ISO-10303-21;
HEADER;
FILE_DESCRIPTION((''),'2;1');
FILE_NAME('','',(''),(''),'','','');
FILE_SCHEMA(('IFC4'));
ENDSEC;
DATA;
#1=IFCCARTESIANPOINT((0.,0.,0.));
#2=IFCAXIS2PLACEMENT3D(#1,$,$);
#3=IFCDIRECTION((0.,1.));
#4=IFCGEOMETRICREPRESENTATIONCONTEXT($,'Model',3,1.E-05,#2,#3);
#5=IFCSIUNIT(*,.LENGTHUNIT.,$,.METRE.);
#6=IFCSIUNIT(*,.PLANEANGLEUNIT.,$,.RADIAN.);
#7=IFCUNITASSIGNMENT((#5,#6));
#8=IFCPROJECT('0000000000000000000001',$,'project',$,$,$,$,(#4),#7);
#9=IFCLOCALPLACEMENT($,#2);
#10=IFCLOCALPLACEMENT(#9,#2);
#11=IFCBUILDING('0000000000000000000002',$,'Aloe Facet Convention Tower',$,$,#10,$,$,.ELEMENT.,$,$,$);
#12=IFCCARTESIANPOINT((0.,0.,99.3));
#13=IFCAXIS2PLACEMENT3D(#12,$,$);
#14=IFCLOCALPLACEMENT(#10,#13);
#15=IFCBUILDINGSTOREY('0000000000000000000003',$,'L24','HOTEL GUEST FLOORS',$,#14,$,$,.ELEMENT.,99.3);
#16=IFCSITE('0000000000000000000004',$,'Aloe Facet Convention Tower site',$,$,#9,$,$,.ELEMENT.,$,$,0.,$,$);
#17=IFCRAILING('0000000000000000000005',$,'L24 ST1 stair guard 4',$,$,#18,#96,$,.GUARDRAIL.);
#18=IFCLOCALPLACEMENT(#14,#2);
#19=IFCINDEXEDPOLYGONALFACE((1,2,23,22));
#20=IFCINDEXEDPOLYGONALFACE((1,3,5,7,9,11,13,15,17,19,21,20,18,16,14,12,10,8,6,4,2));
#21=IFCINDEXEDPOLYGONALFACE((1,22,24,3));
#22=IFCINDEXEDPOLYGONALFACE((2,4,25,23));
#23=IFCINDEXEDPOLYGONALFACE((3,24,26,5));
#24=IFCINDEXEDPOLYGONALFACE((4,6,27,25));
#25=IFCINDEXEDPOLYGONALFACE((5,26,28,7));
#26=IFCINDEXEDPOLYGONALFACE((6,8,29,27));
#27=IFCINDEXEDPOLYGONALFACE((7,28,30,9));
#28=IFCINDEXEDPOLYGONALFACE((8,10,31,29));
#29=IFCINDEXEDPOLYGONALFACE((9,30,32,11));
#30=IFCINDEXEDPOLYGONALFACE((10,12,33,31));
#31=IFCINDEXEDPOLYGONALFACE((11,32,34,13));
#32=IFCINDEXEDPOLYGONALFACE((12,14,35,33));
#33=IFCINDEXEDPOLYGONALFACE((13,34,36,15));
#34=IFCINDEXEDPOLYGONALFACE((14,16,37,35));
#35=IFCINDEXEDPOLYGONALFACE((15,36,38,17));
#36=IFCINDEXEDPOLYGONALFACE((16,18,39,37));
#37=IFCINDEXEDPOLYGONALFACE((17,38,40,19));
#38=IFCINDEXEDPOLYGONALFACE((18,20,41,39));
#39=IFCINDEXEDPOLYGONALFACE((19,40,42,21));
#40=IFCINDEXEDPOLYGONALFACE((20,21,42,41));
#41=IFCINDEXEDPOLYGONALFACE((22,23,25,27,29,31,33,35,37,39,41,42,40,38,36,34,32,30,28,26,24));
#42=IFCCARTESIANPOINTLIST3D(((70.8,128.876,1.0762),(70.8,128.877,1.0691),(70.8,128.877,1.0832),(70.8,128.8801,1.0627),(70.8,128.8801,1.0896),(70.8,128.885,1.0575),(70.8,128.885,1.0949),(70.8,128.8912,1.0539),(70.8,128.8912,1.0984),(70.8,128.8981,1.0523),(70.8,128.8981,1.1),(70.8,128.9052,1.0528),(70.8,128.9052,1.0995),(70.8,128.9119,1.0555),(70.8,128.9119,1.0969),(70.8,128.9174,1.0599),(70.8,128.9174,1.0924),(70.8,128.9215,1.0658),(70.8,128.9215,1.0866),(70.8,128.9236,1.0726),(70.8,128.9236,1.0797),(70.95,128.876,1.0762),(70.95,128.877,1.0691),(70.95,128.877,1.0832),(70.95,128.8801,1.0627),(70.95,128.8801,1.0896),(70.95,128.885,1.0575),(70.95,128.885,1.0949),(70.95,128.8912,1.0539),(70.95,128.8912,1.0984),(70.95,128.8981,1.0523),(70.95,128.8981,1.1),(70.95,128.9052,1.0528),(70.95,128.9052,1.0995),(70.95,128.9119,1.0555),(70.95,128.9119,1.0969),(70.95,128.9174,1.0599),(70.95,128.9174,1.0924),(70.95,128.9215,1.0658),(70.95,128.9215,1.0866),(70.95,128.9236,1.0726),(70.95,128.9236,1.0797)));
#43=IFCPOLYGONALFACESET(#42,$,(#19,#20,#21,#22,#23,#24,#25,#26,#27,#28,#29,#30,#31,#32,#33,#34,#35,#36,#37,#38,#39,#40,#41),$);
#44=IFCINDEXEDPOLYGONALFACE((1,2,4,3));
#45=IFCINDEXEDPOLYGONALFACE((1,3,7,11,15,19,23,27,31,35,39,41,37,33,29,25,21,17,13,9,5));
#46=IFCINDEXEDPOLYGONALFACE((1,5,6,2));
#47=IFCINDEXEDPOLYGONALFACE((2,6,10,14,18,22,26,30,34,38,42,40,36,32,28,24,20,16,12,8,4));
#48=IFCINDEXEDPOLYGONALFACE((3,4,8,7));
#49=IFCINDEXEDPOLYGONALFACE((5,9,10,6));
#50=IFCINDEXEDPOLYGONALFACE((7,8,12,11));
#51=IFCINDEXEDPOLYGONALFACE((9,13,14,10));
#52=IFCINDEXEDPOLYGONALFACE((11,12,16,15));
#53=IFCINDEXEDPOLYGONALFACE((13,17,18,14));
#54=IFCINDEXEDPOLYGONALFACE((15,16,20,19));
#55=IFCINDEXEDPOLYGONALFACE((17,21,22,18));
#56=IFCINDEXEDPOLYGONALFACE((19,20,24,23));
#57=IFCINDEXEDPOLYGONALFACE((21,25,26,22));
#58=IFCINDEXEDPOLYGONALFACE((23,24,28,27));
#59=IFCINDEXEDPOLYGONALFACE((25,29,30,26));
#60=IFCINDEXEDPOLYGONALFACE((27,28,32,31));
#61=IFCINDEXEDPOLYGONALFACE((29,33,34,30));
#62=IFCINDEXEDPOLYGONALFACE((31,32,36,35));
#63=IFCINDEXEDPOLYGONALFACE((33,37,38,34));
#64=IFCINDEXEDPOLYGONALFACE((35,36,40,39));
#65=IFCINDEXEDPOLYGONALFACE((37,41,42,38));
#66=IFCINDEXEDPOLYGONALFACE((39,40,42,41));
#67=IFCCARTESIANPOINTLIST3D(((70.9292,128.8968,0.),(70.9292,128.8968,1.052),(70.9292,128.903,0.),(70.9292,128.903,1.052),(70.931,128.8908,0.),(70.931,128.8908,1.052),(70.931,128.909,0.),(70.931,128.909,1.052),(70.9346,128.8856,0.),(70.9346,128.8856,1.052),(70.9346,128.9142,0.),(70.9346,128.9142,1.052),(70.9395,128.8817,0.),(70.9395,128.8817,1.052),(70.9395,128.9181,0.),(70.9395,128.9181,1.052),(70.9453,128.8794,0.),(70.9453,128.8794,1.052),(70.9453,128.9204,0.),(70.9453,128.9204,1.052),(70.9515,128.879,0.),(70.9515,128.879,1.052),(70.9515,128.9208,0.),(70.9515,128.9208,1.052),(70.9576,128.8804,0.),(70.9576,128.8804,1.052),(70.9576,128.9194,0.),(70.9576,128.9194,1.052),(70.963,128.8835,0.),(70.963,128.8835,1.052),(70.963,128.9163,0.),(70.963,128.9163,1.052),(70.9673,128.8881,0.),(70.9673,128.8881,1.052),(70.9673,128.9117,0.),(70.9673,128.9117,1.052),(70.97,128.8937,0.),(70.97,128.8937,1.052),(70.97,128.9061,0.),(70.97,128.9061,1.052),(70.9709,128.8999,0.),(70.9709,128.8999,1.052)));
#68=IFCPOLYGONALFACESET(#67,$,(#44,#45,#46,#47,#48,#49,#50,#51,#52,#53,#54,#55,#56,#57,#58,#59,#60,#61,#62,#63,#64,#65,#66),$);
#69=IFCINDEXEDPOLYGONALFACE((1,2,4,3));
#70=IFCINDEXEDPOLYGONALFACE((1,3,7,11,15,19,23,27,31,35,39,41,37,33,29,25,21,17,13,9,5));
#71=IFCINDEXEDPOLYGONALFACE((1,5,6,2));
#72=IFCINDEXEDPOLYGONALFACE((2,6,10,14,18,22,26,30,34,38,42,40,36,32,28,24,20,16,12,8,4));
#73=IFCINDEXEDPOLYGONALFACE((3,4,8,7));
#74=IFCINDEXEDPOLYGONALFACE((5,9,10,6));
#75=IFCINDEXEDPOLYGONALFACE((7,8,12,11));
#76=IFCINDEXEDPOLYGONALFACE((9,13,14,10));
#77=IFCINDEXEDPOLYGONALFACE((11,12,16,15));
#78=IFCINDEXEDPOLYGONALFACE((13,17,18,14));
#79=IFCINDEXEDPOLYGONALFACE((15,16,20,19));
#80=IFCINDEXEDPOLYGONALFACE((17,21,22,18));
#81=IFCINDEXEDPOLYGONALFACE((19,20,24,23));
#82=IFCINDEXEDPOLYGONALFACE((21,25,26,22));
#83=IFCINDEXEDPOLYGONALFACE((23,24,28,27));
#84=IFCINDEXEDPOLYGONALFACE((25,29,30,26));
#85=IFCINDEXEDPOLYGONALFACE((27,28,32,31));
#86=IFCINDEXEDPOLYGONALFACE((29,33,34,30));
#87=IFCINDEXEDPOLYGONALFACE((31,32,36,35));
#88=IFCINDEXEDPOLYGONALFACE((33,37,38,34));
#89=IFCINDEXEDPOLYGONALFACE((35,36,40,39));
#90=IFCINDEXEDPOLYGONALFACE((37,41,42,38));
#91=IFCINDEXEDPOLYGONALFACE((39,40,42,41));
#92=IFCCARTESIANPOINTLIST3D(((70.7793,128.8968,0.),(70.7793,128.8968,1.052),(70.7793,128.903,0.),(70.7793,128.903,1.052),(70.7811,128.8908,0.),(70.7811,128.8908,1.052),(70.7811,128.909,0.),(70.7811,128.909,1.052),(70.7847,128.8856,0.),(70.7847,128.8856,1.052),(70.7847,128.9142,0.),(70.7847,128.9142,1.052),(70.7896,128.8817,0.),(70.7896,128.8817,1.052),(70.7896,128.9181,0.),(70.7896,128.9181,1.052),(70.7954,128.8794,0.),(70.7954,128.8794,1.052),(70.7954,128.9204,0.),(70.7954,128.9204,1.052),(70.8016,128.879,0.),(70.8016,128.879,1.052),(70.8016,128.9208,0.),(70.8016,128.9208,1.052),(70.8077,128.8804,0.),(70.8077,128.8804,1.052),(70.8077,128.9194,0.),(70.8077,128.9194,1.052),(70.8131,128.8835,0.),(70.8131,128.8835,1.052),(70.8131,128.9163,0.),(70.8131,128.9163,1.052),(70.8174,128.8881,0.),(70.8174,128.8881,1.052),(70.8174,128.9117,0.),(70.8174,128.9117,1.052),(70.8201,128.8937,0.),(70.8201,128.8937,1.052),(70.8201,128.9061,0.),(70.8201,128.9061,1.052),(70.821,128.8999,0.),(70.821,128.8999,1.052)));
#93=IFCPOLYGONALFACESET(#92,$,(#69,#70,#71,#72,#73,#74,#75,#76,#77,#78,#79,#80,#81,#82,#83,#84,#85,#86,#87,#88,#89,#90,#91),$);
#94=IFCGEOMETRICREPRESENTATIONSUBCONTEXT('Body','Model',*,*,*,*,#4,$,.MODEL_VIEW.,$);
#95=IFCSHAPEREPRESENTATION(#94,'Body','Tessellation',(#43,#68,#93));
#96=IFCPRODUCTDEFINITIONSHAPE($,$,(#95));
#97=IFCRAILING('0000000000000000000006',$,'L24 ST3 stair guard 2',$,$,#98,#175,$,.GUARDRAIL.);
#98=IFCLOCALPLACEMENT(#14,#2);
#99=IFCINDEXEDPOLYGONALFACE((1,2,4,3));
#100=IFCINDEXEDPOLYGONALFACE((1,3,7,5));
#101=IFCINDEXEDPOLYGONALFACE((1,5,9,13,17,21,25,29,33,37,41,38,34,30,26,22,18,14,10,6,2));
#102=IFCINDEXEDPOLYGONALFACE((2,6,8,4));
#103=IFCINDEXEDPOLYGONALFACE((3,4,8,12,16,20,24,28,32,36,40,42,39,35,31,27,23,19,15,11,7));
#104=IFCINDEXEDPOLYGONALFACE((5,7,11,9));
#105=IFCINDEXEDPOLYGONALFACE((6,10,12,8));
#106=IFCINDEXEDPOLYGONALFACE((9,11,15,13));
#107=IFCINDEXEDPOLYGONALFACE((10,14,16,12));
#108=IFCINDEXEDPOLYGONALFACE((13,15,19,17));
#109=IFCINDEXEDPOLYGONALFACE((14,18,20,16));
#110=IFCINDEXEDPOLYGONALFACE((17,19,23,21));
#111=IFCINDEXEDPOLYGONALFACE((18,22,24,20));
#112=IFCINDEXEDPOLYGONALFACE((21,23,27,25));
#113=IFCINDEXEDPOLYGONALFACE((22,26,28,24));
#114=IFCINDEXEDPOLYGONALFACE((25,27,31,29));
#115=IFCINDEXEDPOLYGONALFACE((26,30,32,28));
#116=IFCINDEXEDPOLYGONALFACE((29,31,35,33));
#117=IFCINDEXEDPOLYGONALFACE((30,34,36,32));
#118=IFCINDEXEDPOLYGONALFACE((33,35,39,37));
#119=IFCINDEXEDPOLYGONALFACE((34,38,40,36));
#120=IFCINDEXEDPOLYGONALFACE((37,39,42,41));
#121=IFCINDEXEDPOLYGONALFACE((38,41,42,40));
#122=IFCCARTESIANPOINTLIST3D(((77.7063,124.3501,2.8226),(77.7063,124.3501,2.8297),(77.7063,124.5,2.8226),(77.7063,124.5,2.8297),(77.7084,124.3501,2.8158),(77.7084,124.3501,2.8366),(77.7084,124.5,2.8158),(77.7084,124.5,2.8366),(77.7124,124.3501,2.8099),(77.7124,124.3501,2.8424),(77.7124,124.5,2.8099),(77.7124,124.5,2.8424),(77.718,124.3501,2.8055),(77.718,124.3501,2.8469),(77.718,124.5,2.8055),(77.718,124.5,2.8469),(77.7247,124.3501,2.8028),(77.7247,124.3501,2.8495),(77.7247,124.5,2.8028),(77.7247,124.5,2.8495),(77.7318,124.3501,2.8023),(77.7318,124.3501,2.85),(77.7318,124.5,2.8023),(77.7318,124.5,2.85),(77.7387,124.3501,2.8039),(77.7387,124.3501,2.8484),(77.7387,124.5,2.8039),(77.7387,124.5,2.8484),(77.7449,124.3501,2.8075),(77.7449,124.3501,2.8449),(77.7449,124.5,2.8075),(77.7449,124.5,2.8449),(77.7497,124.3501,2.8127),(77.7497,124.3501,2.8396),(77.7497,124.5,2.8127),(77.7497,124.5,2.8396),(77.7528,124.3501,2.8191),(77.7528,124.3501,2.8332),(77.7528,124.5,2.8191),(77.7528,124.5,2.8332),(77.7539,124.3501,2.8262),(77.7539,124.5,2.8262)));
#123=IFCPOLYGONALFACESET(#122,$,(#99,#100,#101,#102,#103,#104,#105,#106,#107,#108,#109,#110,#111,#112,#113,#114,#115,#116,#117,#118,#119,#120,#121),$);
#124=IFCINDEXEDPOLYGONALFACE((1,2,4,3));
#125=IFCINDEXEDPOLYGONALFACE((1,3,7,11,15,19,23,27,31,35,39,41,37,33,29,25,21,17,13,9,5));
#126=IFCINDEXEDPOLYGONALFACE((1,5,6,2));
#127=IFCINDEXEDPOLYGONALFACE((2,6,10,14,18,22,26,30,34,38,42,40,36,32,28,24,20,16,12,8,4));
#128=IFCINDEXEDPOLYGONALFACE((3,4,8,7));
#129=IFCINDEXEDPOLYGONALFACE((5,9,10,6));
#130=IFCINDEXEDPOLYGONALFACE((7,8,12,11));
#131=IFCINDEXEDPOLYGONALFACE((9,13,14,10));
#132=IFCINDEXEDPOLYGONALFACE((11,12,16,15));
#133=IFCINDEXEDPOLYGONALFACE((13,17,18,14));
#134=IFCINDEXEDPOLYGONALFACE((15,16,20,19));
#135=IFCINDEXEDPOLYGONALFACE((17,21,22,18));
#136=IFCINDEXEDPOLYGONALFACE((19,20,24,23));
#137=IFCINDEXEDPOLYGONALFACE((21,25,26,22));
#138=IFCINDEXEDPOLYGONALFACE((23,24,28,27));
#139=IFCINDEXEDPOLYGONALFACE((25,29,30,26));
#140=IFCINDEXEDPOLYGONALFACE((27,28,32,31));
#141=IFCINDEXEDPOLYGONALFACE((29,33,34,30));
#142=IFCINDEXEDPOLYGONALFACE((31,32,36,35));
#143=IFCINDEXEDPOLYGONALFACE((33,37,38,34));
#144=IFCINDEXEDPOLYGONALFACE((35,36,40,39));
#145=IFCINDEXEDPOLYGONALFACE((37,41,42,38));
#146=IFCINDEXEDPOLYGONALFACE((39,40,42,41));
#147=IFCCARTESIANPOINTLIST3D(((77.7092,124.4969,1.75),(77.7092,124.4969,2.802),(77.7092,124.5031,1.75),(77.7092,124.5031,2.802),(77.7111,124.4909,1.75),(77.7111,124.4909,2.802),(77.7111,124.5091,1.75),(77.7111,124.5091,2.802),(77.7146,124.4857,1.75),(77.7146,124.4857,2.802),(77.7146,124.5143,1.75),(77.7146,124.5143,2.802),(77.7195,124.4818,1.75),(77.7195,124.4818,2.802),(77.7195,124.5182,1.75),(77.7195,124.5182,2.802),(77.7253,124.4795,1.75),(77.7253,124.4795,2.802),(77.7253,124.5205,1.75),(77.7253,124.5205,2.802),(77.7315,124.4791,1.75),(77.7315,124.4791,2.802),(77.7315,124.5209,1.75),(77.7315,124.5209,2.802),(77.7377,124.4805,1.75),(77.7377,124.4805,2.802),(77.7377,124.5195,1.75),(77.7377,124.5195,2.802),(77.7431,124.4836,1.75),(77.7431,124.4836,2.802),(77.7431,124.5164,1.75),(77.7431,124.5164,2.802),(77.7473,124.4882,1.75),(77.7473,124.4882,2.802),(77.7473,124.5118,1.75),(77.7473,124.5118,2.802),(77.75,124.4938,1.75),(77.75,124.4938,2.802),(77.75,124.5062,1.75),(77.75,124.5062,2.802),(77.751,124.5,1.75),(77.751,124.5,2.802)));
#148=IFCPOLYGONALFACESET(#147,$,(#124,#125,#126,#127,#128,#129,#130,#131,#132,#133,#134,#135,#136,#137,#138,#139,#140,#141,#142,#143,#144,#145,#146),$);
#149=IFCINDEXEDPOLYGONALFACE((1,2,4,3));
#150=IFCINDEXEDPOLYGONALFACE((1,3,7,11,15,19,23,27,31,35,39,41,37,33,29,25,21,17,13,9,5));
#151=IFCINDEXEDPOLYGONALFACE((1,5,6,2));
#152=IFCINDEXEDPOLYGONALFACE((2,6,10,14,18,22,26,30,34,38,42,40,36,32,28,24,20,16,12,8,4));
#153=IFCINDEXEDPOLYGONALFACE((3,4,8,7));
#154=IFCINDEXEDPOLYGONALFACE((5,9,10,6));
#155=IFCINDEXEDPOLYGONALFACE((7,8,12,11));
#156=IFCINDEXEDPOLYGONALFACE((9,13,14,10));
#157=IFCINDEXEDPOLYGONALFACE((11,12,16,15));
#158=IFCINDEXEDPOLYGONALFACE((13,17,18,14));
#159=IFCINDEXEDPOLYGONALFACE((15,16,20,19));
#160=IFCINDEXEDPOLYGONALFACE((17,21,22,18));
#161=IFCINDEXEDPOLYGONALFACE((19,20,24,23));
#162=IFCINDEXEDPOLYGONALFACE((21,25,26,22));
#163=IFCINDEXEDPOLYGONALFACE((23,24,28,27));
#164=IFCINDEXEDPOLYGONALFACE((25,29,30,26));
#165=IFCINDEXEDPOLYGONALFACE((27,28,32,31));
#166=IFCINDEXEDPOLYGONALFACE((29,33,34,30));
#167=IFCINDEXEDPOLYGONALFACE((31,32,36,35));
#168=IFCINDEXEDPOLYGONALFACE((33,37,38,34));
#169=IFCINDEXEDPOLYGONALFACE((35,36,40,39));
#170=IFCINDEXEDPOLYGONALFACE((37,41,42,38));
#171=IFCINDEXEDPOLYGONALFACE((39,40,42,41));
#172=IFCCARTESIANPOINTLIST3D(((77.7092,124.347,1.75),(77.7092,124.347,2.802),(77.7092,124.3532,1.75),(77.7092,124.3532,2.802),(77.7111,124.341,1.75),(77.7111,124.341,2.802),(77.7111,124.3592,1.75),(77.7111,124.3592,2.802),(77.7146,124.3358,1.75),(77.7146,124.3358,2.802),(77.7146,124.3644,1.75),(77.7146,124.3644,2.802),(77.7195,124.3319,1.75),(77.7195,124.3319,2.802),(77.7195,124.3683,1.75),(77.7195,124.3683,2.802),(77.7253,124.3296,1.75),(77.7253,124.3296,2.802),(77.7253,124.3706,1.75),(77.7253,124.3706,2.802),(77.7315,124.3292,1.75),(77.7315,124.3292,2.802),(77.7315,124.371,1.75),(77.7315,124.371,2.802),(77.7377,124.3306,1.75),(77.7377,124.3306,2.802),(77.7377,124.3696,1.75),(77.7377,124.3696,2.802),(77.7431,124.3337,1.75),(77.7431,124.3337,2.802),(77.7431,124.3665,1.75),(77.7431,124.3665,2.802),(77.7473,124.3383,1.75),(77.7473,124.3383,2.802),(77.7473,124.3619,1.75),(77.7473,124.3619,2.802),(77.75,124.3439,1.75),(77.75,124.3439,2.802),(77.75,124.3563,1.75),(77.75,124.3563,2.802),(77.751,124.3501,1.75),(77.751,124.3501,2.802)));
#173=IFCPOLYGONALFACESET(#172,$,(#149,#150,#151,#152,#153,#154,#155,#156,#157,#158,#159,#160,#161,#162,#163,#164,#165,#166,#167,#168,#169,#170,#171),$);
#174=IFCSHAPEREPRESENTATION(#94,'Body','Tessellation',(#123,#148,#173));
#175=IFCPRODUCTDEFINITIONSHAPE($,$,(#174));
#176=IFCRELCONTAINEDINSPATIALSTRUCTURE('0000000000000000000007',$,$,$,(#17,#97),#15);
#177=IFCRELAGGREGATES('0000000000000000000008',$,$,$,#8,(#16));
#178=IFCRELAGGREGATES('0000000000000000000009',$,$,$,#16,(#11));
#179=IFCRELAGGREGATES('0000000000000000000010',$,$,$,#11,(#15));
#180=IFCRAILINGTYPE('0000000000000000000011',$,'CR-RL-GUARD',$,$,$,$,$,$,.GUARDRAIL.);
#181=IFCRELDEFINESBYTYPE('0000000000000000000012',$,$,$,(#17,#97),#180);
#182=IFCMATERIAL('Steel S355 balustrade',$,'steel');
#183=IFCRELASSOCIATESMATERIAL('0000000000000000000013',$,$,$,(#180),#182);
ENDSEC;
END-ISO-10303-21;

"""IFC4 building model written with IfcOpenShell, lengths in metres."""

from ifc_helpers import new_model, si_unit, direction, frame, origin, origin_2d, place, context, subcontext, project, spatial, circle, extrude, material, type_object, element, save


model = new_model("IFC4")

# Units and contexts
model_context = context("Model", 3, precision=1e-05, world=origin(), true_north=direction((0.0, 1.0)))
body_context = subcontext(model_context, "Body", "Model", "MODEL_VIEW")
ifc_project = project(units=[si_unit("LENGTHUNIT", "METRE"), si_unit("PLANEANGLEUNIT", "RADIAN")], contexts=[model_context])

# Site, building, storey
site_placement = place(None, origin())
site = spatial("IfcSite", under=ifc_project, at=site_placement, Name="Aloe Facet Convention Tower site", CompositionType="ELEMENT", RefElevation=0.0)
building_placement = place(site_placement, origin())
building = spatial("IfcBuilding", under=site, at=building_placement, Name="Aloe Facet Convention Tower", CompositionType="ELEMENT")
storey_placement = place(building_placement, frame((0.0, 0.0, 99.3)))
storey = spatial("IfcBuildingStorey", under=building, at=storey_placement, Name="L24", Description="HOTEL GUEST FLOORS", CompositionType="ELEMENT", Elevation=99.3)

# Railings
ifc_material_1 = material(Name="Steel S355 balustrade", Category="steel")
railing_type_1 = type_object("IfcRailingType", Name="CR-RL-GUARD", PredefinedType="GUARDRAIL", material=ifc_material_1)
railing_1_placement = place(storey_placement, frame((70.95, 128.8999, 0.0)))
element("IfcRailing", 1, at=railing_1_placement, inside=storey, type_object=railing_type_1, Name="L24 ST1 stair guard 4", PredefinedType="GUARDRAIL", context=body_context, shape_type="SweptSolid", body=[
    extrude(circle(Radius=0.0239, at=origin_2d()), frame((0.0, 0.0, 1.0762), z_axis=(-1.0, 0.0, 0.0), x_axis=(0.0, -1.0, 0.0)), (0.0, 0.0, 1.0), 0.1499),
    extrude(circle(Radius=0.021, at=origin_2d()), origin(), (0.0, 0.0, 1.0), 1.052),
    extrude(circle(Radius=0.021, at=origin_2d()), frame((-0.1499, 0.0, 0.0)), (0.0, 0.0, 1.0), 1.052),
])
railing_2_placement = place(storey_placement, frame((77.73, 124.5, 1.75)))
element("IfcRailing", 2, at=railing_2_placement, inside=storey, type_object=railing_type_1, Name="L24 ST3 stair guard 2", PredefinedType="GUARDRAIL", context=body_context, shape_type="SweptSolid", body=[
    extrude(circle(Radius=0.0239, at=origin_2d()), frame((0.0, 0.0, 1.0762), z_axis=(0.0, -1.0, 0.0), x_axis=(1.0, 0.0, 0.0)), (0.0, 0.0, 1.0), 0.1499),
    extrude(circle(Radius=0.021, at=origin_2d()), origin(), (0.0, 0.0, 1.0), 1.052),
    extrude(circle(Radius=0.021, at=origin_2d()), frame((0.0, -0.1499, 0.0)), (0.0, 0.0, 1.0), 1.052),
])

save(model, "model.ifc")
